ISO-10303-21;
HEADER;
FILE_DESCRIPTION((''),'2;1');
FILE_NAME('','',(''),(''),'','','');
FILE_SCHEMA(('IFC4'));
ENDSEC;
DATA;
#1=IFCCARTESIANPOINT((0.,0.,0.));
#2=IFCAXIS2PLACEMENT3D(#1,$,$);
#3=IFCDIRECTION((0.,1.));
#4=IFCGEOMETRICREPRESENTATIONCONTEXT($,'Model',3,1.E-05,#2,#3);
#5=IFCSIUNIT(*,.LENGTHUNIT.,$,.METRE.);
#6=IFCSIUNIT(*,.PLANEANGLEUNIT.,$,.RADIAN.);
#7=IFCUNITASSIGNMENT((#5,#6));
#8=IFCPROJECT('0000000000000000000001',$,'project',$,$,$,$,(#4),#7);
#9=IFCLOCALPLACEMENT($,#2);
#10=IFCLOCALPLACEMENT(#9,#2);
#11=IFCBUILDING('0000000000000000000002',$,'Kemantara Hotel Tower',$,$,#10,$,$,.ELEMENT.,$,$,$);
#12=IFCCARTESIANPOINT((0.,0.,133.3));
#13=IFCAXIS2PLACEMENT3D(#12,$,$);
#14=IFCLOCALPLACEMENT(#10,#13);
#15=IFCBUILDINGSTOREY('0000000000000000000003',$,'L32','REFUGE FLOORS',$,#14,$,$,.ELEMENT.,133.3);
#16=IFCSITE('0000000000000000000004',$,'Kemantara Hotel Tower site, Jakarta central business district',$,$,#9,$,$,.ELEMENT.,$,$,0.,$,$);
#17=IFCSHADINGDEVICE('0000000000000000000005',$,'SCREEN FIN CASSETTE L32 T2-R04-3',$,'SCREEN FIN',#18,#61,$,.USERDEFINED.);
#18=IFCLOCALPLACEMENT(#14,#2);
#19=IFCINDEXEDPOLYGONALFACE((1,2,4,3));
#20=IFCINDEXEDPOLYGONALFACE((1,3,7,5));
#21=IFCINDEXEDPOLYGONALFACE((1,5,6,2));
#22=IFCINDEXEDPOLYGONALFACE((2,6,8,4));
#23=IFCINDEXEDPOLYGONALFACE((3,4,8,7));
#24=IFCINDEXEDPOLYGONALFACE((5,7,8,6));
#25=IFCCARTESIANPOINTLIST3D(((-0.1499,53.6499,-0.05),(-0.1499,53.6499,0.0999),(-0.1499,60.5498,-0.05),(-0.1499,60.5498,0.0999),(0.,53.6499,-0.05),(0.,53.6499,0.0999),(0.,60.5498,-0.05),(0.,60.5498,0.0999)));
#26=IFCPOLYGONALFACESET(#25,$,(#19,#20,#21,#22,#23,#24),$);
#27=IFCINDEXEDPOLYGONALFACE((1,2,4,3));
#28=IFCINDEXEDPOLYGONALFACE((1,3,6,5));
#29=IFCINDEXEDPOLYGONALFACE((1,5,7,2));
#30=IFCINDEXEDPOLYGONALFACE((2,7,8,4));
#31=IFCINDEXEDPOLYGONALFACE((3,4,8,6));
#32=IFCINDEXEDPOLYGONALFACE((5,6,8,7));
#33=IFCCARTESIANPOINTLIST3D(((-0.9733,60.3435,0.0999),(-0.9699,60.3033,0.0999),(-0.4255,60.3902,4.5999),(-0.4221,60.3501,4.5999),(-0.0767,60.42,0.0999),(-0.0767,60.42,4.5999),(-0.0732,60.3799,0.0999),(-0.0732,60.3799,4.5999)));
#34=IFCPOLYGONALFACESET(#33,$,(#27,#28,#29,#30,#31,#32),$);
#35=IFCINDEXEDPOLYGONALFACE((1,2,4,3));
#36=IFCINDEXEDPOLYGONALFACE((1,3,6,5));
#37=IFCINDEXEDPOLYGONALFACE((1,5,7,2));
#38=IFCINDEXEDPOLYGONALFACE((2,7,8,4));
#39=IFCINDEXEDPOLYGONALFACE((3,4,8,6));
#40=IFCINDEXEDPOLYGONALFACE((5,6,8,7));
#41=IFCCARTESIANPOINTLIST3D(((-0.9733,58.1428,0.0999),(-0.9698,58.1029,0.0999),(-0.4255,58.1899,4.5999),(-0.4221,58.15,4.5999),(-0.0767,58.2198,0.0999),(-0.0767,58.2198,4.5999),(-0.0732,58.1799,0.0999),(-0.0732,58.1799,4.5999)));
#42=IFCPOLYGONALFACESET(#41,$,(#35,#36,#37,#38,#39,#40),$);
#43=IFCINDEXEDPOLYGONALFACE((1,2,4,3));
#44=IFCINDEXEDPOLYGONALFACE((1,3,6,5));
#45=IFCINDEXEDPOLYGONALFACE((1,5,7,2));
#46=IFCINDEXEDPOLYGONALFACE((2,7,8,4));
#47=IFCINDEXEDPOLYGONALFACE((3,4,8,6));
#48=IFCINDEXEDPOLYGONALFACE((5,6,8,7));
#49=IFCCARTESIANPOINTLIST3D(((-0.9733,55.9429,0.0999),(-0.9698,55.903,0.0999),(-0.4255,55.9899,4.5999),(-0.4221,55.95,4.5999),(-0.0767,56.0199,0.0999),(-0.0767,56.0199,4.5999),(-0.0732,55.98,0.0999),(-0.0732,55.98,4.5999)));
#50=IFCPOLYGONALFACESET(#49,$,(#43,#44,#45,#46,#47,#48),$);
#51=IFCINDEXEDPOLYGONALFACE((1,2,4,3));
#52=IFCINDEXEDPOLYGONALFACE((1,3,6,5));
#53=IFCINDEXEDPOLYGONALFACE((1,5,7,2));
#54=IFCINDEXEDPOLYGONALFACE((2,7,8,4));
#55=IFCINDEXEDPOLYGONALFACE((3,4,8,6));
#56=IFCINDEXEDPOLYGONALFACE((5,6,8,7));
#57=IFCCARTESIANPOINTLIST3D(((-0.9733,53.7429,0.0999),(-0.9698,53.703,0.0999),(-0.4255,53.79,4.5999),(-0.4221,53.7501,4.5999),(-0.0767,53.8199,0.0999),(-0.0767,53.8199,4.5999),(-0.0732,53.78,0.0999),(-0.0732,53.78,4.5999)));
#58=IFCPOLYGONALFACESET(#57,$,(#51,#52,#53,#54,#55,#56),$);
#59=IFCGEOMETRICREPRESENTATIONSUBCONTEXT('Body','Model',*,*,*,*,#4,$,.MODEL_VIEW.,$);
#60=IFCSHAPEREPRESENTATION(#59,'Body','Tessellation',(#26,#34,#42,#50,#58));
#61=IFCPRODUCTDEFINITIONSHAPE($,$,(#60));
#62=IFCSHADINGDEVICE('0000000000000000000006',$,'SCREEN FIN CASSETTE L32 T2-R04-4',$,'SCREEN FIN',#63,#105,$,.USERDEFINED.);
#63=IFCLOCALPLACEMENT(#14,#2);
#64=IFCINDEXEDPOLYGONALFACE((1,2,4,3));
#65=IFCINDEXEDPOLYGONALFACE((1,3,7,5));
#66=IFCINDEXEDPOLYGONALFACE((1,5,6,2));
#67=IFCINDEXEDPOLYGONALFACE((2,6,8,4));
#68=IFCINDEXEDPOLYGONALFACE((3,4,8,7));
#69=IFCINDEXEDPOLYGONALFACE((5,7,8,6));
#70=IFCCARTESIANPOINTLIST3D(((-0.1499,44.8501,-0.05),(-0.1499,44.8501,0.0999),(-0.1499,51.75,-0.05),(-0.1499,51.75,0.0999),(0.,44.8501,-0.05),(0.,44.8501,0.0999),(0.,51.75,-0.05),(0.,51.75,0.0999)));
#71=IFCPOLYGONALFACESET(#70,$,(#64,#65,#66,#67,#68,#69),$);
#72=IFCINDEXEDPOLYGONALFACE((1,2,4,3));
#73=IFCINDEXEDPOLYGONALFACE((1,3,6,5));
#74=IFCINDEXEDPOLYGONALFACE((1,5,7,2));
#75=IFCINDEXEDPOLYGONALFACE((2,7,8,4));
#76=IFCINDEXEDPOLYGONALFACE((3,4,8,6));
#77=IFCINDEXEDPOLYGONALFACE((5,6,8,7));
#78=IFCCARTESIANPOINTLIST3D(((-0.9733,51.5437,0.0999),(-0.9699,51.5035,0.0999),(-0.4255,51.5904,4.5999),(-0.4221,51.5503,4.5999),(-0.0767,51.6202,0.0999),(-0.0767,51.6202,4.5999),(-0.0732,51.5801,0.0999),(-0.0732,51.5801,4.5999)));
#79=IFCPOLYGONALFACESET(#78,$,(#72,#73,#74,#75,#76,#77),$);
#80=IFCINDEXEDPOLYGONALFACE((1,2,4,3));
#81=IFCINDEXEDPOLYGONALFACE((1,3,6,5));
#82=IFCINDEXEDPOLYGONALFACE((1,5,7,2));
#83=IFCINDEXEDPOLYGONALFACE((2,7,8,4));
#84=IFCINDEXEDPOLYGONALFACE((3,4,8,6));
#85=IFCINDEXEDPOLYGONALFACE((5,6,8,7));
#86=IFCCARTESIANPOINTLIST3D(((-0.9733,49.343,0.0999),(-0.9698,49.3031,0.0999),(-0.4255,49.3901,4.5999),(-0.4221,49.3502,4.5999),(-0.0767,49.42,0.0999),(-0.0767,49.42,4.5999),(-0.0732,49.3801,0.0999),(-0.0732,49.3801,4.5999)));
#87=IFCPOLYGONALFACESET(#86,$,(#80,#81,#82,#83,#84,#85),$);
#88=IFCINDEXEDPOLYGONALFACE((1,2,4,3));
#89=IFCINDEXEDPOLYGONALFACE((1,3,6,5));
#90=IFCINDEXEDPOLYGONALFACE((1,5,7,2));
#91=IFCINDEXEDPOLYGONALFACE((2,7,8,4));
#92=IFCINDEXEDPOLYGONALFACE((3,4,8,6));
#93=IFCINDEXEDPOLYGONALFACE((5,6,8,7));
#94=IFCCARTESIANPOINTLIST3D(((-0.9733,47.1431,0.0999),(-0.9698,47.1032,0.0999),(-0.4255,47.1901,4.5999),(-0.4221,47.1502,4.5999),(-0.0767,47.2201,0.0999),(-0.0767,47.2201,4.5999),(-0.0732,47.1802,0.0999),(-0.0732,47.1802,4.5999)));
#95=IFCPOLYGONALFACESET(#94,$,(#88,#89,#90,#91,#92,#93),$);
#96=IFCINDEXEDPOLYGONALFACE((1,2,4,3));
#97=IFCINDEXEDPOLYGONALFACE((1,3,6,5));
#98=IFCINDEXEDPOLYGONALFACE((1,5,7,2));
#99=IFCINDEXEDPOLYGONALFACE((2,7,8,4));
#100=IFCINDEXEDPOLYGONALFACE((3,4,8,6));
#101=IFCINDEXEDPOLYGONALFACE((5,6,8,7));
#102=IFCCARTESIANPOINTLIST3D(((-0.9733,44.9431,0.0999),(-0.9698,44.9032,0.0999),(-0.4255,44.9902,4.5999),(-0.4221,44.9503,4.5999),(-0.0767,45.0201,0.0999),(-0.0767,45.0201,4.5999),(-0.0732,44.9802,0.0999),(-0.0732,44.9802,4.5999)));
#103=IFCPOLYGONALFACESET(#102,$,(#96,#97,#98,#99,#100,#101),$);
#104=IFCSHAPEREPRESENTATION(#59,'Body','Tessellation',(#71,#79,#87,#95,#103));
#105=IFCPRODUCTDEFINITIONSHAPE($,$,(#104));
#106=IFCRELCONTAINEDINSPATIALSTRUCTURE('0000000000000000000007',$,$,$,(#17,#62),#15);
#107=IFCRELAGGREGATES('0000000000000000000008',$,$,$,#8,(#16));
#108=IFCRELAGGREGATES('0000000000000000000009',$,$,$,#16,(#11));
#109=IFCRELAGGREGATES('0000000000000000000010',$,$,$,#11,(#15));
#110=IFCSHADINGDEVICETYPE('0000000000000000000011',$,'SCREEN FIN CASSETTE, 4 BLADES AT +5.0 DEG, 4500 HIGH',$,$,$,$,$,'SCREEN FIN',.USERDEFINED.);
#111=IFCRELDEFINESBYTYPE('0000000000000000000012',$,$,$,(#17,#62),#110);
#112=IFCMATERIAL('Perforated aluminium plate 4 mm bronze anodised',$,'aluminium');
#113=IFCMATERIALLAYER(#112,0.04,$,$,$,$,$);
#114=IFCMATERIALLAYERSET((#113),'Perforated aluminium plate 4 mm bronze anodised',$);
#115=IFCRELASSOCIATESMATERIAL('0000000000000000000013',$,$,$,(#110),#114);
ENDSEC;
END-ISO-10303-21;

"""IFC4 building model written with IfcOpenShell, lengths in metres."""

from ifc_helpers import new_model, si_unit, direction, frame, origin, origin_2d, place, context, subcontext, project, spatial, polyline, rectangle, outline, extrude, source, transform, mapped, material, layer, layer_set, type_object, element, save


model = new_model("IFC4")

# Units and contexts
model_context = context("Model", 3, precision=1e-05, world=origin(), true_north=direction((0.0, 1.0)))
body_context = subcontext(model_context, "Body", "Model", "MODEL_VIEW")
ifc_project = project(units=[si_unit("LENGTHUNIT", "METRE"), si_unit("PLANEANGLEUNIT", "RADIAN")], contexts=[model_context])

# Site, building, storey
site_placement = place(None, origin())
site = spatial("IfcSite", under=ifc_project, at=site_placement, Name="Kemantara Hotel Tower site, Jakarta central business district", CompositionType="ELEMENT", RefElevation=0.0)
building_placement = place(site_placement, origin())
building = spatial("IfcBuilding", under=site, at=building_placement, Name="Kemantara Hotel Tower", CompositionType="ELEMENT")
storey_placement = place(building_placement, frame((0.0, 0.0, 133.3)))
storey = spatial("IfcBuildingStorey", under=building, at=storey_placement, Name="L32", Description="REFUGE FLOORS", CompositionType="ELEMENT", Elevation=133.3)

# Shading devices
ifc_material_1 = material(Name="Perforated aluminium plate 4 mm bronze anodised", Category="aluminium")
ifc_layer_1 = layer(ifc_material_1, 0.04)
ifc_layer_set_1 = layer_set([ifc_layer_1], Name="Perforated aluminium plate 4 mm bronze anodised")
shading_device_type = type_object("IfcShadingDeviceType", Name="SCREEN FIN CASSETTE, 4 BLADES AT +5.0 DEG, 4500 HIGH", ElementType="SCREEN FIN", PredefinedType="USERDEFINED", material=ifc_layer_set_1)
shared_shape = source(origin(), body_context, "Body", "SweptSolid", [
    extrude(rectangle(XDim=6.8999, YDim=0.1499, at=origin_2d()), frame((3.3, -0.075, -0.1499), z_axis=(0.0, 0.0, 1.0), x_axis=(1.0, 0.0, 0.0)), (0.0, 0.0, 1.0), 0.1499),
    extrude(outline(polyline([(0.0, 0.0), (0.8999, 0.0), (0.3501, 4.5), (0.0, 4.5), (0.0, 0.0)])), frame((0.02, -0.0732, 0.0), z_axis=(-0.996376, -0.085056, 0.0), x_axis=(0.085056, -0.996376, 0.0)), (0.0, 0.0, 1.0), 0.0403),
    extrude(outline(polyline([(0.0, 0.0), (0.8999, 0.0), (0.3501, 4.5), (0.0, 4.5), (0.0, 0.0)])), frame((2.22, -0.0732, 0.0), z_axis=(-0.996332, -0.085575, 0.0), x_axis=(0.085575, -0.996332, 0.0)), (0.0, 0.0, 1.0), 0.04),
    extrude(outline(polyline([(0.0, 0.0), (0.8999, 0.0), (0.3501, 4.5), (0.0, 4.5), (0.0, 0.0)])), frame((4.4199, -0.0732, 0.0), z_axis=(-0.996332, -0.085575, 0.0), x_axis=(0.085575, -0.996332, 0.0)), (0.0, 0.0, 1.0), 0.04),
    extrude(outline(polyline([(0.0, 0.0), (0.8999, 0.0), (0.3501, 4.5), (0.0, 4.5), (0.0, 0.0)])), frame((6.6199, -0.0732, 0.0), z_axis=(-0.996332, -0.085575, 0.0), x_axis=(0.085575, -0.996332, 0.0)), (0.0, 0.0, 1.0), 0.04),
])
for number, where, z_axis, x_axis, name in (
    (1, (0.0, 60.3999, 0.0999), (0.0, 0.0, 1.0), (0.0, -1.0, 0.0), "SCREEN FIN CASSETTE L32 T2-R04-3"),
    (2, (0.0, 51.6001, 0.0999), (0.0, 0.0, 1.0), (0.0, -1.0, 0.0), "SCREEN FIN CASSETTE L32 T2-R04-4"),
):
    element("IfcShadingDevice", number, at=place(storey_placement, frame(where, z_axis=z_axis, x_axis=x_axis)), inside=storey, type_object=shading_device_type, Name=name, ObjectType="SCREEN FIN", PredefinedType="USERDEFINED", context=body_context, shape_type="MappedRepresentation", body=[
        mapped(shared_shape, transform((0.0, 0.0, 0.0))),
    ])

save(model, "model.ifc")
